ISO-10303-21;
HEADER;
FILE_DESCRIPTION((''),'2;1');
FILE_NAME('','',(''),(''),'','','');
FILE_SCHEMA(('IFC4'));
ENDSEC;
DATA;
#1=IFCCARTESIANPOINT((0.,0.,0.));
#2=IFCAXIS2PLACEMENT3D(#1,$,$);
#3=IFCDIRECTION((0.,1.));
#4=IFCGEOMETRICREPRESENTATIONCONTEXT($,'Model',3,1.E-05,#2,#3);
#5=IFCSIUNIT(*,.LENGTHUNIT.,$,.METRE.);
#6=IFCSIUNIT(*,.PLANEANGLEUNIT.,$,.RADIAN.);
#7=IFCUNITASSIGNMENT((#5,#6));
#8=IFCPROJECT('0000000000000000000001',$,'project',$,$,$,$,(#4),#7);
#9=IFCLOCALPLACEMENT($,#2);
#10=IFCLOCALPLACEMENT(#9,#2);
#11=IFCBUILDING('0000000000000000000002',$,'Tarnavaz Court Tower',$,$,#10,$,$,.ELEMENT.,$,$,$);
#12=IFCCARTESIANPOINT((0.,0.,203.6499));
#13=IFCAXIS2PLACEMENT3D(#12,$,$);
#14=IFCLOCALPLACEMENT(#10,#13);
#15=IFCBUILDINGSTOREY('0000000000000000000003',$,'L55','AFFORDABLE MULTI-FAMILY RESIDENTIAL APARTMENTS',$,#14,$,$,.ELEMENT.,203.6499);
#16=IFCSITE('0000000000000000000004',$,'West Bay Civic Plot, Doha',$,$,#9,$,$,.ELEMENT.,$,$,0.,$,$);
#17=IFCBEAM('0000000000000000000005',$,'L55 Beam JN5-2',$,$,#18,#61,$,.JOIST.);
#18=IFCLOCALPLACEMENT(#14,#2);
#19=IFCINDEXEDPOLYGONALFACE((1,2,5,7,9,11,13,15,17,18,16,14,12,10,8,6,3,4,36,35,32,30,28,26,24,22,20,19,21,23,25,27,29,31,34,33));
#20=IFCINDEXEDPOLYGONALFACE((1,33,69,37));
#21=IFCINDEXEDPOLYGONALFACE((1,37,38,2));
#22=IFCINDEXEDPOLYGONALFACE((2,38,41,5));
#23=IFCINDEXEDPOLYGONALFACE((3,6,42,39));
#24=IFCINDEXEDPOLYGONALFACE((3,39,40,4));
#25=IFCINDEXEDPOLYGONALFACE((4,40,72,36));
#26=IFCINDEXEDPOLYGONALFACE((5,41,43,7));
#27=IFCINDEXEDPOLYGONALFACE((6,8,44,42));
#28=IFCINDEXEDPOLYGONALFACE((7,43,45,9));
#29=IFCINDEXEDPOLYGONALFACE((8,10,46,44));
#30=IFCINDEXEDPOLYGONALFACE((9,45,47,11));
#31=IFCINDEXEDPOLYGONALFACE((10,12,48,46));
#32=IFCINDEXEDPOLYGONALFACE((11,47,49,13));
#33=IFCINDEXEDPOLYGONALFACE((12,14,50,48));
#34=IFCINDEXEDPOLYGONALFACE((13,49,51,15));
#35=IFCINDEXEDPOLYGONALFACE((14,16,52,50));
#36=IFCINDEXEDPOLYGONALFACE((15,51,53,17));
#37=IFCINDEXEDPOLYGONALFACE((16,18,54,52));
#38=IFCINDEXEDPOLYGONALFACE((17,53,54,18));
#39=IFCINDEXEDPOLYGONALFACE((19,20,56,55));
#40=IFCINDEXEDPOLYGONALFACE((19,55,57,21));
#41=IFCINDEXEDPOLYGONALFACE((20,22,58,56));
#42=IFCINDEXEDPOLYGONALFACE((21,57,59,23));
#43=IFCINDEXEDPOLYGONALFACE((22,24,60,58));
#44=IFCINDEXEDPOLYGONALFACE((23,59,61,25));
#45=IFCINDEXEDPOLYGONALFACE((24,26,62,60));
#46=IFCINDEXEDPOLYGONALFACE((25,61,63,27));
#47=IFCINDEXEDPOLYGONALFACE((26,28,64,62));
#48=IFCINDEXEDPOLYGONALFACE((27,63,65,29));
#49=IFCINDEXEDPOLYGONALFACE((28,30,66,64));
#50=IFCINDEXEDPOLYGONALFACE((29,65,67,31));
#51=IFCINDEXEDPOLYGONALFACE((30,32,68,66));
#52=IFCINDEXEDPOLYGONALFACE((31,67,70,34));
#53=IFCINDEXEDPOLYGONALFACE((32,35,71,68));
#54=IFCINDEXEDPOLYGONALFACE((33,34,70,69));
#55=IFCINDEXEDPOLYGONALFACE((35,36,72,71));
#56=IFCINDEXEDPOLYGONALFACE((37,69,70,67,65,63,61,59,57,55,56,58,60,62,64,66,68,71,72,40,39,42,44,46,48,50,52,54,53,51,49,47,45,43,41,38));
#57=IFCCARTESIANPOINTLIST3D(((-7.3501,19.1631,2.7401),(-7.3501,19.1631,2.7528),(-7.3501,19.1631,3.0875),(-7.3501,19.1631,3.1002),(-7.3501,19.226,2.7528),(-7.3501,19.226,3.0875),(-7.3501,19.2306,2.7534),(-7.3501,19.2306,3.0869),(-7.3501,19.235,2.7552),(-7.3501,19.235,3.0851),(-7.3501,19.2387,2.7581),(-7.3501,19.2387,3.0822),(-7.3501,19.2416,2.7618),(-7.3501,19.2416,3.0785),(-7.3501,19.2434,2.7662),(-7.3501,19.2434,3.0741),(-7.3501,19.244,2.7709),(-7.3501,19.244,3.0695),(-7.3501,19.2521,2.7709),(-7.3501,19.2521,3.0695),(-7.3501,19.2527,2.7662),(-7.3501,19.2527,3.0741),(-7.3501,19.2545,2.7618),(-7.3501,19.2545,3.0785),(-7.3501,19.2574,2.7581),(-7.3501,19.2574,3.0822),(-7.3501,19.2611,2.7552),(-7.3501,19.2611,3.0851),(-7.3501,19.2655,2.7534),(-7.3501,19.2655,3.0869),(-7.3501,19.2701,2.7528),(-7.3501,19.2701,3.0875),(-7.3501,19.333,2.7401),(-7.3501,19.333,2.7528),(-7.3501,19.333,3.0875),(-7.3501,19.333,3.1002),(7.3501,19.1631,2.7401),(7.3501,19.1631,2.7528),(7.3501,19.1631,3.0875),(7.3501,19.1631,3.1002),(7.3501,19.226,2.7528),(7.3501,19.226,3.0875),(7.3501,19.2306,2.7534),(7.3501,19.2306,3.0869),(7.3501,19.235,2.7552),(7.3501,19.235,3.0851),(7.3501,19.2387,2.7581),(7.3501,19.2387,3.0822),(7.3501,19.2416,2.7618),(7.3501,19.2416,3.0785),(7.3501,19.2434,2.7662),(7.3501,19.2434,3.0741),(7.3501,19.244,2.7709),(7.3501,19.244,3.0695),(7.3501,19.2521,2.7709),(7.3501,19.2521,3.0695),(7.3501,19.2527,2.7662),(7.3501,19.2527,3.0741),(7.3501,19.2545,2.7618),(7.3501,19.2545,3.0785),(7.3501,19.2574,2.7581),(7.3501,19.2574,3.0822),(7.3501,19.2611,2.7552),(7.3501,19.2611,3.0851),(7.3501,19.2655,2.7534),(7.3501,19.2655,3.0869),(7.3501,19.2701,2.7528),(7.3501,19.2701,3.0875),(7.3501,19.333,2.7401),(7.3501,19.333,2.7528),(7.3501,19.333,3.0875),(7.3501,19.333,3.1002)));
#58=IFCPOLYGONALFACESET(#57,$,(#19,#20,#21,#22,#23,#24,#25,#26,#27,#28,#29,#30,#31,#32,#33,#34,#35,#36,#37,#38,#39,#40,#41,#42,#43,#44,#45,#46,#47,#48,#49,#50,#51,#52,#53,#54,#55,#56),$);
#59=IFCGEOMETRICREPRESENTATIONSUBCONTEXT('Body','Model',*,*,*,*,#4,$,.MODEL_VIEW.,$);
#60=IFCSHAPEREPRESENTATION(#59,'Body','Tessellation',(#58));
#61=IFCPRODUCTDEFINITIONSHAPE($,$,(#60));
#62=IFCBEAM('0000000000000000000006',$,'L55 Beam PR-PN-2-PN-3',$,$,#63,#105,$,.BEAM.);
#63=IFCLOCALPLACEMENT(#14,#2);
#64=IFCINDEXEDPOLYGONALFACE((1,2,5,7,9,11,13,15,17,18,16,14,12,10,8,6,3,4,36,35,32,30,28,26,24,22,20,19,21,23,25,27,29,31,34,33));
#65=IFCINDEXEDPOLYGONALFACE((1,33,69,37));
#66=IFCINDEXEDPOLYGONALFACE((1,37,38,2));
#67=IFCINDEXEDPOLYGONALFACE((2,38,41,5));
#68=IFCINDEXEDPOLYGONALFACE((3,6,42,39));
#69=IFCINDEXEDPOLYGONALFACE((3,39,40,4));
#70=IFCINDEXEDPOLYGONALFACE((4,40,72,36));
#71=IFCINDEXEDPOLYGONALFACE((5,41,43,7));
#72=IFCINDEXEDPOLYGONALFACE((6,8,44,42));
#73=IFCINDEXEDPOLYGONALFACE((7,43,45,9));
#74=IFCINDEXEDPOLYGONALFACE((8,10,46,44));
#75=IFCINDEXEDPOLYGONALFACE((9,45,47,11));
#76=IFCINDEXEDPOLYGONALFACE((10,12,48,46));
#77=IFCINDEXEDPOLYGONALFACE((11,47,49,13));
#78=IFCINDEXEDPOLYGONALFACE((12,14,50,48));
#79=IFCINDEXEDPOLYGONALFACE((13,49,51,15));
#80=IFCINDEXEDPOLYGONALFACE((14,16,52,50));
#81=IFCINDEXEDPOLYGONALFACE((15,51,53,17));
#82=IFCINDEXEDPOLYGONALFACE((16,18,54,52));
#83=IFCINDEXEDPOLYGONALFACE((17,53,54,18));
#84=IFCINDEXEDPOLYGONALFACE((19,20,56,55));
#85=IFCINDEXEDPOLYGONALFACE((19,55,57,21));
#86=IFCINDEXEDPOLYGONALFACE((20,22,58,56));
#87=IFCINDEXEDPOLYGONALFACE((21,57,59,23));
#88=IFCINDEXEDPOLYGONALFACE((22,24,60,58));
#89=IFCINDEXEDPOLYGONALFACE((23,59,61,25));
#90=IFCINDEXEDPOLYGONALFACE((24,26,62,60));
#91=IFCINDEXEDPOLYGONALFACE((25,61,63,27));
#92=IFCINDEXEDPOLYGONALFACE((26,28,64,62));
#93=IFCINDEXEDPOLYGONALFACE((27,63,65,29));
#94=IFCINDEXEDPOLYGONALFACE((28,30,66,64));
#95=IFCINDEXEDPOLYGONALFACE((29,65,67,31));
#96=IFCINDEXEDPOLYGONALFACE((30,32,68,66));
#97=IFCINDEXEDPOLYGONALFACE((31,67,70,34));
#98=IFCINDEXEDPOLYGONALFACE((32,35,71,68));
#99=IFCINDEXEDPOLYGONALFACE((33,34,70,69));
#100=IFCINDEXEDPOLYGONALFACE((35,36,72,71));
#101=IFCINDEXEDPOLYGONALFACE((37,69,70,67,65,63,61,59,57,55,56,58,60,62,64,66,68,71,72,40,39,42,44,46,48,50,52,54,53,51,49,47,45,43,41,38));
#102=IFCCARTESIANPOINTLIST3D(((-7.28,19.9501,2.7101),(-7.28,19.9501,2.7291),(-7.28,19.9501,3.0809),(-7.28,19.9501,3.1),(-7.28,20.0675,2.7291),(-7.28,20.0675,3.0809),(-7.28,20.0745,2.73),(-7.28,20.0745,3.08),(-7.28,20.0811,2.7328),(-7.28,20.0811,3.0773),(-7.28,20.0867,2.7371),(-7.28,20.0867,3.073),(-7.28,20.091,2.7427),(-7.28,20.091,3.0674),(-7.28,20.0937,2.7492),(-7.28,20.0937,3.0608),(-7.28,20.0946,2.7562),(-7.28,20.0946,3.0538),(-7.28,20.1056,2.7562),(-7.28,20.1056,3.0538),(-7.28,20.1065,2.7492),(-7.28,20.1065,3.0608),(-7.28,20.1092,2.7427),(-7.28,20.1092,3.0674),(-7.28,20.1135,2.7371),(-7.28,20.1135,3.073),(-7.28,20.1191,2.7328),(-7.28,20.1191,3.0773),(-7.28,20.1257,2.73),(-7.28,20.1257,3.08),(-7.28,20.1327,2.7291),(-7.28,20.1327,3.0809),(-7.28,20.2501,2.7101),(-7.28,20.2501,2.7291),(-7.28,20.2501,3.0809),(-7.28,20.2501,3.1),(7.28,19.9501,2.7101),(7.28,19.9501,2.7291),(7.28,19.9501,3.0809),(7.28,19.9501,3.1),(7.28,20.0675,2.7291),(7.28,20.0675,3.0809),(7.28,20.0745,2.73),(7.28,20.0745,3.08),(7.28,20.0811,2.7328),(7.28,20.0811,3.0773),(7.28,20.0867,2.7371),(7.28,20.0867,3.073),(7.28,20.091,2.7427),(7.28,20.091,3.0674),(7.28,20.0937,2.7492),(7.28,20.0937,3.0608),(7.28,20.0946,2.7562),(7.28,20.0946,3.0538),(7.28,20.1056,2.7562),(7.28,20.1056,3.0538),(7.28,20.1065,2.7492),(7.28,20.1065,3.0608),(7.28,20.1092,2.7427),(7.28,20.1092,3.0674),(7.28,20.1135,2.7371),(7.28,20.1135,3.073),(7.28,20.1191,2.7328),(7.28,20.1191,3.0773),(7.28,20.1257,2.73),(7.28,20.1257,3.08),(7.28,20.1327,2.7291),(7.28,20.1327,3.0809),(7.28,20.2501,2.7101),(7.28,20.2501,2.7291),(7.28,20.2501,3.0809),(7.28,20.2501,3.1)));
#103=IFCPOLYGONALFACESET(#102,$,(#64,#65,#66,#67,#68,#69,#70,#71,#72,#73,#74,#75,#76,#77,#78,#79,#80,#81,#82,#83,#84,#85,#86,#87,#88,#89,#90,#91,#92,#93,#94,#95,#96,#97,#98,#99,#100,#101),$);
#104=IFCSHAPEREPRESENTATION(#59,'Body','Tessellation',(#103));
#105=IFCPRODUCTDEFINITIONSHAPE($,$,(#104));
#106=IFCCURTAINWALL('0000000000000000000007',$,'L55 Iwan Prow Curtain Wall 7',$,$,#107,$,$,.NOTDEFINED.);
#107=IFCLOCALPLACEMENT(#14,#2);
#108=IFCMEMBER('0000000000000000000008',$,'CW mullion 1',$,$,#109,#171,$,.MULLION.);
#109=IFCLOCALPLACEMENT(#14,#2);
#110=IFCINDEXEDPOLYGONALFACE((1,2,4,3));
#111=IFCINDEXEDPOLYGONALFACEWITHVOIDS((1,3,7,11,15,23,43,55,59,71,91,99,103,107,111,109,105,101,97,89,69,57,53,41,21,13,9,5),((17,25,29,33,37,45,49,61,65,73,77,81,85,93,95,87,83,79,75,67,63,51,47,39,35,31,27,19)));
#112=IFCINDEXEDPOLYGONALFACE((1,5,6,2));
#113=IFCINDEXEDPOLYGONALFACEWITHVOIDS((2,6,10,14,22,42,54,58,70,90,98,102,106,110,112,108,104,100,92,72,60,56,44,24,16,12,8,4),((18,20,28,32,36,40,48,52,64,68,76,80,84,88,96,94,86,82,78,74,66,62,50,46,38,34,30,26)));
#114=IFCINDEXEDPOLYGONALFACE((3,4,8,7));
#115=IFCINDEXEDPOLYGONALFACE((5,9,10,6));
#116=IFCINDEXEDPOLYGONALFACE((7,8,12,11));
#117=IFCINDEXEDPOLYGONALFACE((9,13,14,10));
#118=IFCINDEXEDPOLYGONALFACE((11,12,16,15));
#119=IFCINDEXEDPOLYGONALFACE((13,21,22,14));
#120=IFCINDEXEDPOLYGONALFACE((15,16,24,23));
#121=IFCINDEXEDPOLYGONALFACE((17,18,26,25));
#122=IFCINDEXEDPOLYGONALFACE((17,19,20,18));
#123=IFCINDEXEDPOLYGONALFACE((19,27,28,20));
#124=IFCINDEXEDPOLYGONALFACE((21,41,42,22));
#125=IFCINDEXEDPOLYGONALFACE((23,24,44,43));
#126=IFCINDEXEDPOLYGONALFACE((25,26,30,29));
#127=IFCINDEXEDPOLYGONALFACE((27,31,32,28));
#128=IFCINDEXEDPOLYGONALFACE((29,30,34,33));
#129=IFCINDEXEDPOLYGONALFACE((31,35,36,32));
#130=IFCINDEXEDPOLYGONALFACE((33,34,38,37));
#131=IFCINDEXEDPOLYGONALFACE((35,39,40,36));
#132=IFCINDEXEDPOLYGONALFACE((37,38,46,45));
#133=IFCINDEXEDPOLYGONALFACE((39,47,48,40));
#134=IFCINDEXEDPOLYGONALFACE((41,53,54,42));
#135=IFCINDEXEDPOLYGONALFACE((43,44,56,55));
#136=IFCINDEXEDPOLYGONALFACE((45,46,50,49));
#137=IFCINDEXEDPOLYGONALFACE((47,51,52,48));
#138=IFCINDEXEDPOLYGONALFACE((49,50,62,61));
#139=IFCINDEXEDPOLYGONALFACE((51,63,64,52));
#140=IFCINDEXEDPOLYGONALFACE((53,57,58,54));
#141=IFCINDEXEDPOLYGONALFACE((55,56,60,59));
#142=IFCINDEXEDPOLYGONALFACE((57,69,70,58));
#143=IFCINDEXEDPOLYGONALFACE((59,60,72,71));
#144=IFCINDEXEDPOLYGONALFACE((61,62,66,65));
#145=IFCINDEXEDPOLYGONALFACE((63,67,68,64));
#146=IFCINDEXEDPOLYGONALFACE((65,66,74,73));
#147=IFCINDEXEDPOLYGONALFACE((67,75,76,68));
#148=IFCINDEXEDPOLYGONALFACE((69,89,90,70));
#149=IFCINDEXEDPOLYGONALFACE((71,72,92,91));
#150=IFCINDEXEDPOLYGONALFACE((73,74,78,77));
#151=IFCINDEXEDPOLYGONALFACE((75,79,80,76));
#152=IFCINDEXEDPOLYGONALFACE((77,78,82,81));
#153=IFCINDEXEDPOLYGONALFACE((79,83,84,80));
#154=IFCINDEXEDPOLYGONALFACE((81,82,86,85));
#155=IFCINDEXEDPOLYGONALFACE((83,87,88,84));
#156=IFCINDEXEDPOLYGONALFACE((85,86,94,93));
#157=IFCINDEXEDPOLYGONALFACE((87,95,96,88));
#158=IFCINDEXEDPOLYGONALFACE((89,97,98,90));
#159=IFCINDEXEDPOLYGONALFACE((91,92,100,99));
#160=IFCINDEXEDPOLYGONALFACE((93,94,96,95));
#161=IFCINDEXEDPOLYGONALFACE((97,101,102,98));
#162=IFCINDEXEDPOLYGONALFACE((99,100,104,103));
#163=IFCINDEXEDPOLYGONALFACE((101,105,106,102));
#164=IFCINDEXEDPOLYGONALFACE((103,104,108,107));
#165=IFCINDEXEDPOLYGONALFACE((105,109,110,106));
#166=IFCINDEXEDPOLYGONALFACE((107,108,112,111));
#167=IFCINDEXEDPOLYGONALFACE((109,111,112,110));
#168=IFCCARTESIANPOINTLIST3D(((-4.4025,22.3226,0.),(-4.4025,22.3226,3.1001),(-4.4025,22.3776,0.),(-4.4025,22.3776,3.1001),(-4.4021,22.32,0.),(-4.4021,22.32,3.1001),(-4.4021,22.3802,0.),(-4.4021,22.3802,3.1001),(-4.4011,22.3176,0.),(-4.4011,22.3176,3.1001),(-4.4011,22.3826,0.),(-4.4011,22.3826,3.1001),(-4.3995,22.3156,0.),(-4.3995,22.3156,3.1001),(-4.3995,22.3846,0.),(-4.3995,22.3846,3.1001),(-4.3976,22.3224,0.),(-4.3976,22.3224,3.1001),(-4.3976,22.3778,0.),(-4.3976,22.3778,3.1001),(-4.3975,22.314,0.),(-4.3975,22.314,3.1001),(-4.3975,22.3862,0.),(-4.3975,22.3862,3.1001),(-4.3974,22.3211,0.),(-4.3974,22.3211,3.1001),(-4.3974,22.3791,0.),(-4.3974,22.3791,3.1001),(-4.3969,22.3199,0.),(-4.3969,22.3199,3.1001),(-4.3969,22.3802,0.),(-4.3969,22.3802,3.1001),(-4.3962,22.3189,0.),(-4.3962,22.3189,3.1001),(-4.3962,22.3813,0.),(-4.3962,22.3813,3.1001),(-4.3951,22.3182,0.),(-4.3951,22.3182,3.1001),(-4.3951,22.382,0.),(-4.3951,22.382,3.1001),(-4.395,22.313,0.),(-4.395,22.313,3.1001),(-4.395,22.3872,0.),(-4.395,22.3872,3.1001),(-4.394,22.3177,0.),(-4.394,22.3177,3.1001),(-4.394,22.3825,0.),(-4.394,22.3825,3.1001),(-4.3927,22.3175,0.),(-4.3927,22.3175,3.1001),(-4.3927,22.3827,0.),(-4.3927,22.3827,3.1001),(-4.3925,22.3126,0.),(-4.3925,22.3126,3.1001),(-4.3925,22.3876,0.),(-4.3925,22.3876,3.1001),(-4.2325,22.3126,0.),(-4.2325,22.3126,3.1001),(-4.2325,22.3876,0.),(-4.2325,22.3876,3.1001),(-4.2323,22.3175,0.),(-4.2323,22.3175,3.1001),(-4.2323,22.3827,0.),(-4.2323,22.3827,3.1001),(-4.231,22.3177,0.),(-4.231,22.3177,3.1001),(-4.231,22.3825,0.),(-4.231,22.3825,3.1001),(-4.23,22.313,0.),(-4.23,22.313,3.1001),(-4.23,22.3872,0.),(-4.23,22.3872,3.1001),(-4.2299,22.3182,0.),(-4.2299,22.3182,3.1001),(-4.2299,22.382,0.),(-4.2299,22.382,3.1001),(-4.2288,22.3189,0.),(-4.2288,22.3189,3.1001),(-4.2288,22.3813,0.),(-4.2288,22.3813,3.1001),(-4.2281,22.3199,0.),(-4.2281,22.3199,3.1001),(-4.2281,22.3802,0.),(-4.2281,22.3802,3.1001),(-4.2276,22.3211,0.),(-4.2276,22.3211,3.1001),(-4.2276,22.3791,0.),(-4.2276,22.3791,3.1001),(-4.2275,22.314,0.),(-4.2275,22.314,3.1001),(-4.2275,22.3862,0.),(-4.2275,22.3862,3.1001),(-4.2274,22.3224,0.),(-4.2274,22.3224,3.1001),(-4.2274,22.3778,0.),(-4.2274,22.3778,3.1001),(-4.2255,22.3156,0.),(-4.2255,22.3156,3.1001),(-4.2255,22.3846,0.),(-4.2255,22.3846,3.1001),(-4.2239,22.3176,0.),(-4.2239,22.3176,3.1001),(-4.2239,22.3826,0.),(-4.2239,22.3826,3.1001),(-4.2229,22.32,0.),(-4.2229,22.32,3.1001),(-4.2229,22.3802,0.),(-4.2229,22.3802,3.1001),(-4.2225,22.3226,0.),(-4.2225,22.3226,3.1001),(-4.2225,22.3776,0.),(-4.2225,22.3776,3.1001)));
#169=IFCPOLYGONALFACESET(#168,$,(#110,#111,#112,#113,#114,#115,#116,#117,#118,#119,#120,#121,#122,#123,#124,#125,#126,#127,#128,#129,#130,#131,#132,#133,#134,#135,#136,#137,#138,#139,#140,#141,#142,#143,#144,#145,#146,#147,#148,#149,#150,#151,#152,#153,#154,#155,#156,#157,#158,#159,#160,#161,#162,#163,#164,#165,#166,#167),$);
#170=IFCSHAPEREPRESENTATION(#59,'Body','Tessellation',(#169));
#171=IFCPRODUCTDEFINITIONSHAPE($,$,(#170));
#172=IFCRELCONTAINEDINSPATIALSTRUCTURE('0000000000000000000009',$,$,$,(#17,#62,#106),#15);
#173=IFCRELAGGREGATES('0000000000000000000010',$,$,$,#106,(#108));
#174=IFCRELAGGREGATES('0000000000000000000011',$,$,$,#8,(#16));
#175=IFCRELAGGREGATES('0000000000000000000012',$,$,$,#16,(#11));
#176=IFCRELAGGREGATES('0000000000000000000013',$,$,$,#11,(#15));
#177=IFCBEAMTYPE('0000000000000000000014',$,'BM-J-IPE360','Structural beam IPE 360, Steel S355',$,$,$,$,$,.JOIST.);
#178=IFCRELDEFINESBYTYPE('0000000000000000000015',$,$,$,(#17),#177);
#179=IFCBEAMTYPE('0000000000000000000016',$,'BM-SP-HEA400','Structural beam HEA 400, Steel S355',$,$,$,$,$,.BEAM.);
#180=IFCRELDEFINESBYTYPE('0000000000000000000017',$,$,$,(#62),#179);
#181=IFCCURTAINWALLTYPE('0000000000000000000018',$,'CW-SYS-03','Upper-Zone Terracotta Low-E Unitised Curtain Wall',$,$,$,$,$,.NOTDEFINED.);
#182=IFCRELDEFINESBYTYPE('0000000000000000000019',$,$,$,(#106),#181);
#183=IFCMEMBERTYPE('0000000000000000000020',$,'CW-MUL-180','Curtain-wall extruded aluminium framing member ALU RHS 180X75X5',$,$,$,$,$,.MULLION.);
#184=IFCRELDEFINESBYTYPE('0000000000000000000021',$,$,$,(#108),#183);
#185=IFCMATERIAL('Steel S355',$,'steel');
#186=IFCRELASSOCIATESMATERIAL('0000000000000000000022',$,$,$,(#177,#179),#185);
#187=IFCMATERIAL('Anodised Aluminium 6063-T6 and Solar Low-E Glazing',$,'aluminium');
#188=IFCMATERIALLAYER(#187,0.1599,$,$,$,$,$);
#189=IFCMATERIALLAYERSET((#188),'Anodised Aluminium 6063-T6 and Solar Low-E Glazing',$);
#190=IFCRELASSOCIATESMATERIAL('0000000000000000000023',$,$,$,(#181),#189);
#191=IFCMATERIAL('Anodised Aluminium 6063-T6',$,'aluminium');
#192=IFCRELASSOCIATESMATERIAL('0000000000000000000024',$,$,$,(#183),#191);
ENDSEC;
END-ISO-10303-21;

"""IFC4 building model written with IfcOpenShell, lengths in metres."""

from ifc_helpers import new_model, si_unit, direction, frame, origin, origin_2d, place, context, subcontext, project, spatial, hollow_rectangle, i_section, extrude, material, layer, layer_set, material_profile, profile_set, type_object, element, aggregate, save


model = new_model("IFC4")

# Units and contexts
model_context = context("Model", 3, precision=1e-05, world=origin(), true_north=direction((0.0, 1.0)))
body_context = subcontext(model_context, "Body", "Model", "MODEL_VIEW")
ifc_project = project(units=[si_unit("LENGTHUNIT", "METRE"), si_unit("PLANEANGLEUNIT", "RADIAN")], contexts=[model_context])

# Site, building, storey
site_placement = place(None, origin())
site = spatial("IfcSite", under=ifc_project, at=site_placement, Name="West Bay Civic Plot, Doha", CompositionType="ELEMENT", RefElevation=0.0)
building_placement = place(site_placement, origin())
building = spatial("IfcBuilding", under=site, at=building_placement, Name="Tarnavaz Court Tower", CompositionType="ELEMENT")
storey_placement = place(building_placement, frame((0.0, 0.0, 203.6499)))
storey = spatial("IfcBuildingStorey", under=building, at=storey_placement, Name="L55", Description="AFFORDABLE MULTI-FAMILY RESIDENTIAL APARTMENTS", CompositionType="ELEMENT", Elevation=203.6499)

# Beams
ifc_material_1 = material(Name="Steel S355", Category="steel")
ifc_material_profile_1 = material_profile(ifc_material_1, i_section(OverallWidth=0.1699, OverallDepth=0.3601, WebThickness=0.0081, FlangeThickness=0.0127, FilletRadius=0.0181, at=origin_2d()), Name="IPE 360")
ifc_profile_set_1 = profile_set([ifc_material_profile_1], Name="Steel S355")
beam_type_1 = type_object("IfcBeamType", Name="BM-J-IPE360", Description="Structural beam IPE 360, Steel S355", PredefinedType="JOIST", material=ifc_profile_set_1)
for number, where, z_axis, x_axis, name in (
    (1, (-7.3501, 19.248, 2.9202), (1.0, 0.0, 0.0), (0.0, 1.0, 0.0), "L55 Beam JN5-2"),
):
    element("IfcBeam", number, at=place(storey_placement, frame(where, z_axis=z_axis, x_axis=x_axis)), inside=storey, type_object=beam_type_1, Name=name, PredefinedType="JOIST", context=body_context, shape_type="SweptSolid", body=[
        extrude(i_section(OverallWidth=0.1699, OverallDepth=0.3601, WebThickness=0.0081, FlangeThickness=0.0127, FilletRadius=0.0181, at=origin_2d()), origin(), (0.0, 0.0, 1.0), 14.7002),
    ])
ifc_material_profile_2 = material_profile(ifc_material_1, i_section(OverallWidth=0.3, OverallDepth=0.3899, WebThickness=0.011, FlangeThickness=0.019, FilletRadius=0.0271, at=origin_2d()), Name="HEA 400")
ifc_profile_set_2 = profile_set([ifc_material_profile_2], Name="Steel S355")
beam_type_2 = type_object("IfcBeamType", Name="BM-SP-HEA400", Description="Structural beam HEA 400, Steel S355", PredefinedType="BEAM", material=ifc_profile_set_2)
beam_placement = place(storey_placement, frame((-7.28, 20.1001, 2.905), z_axis=(1.0, 0.0, 0.0), x_axis=(0.0, 1.0, 0.0)))
element("IfcBeam", 2, at=beam_placement, inside=storey, type_object=beam_type_2, Name="L55 Beam PR-PN-2-PN-3", PredefinedType="BEAM", context=body_context, shape_type="SweptSolid", body=[
    extrude(i_section(OverallWidth=0.3, OverallDepth=0.3899, WebThickness=0.011, FlangeThickness=0.019, FilletRadius=0.0271, at=origin_2d()), origin(), (0.0, 0.0, 1.0), 14.5601),
])

# Curtain wall, member
ifc_material_2 = material(Name="Anodised Aluminium 6063-T6 and Solar Low-E Glazing", Category="aluminium")
ifc_layer_1 = layer(ifc_material_2, 0.1599)
ifc_layer_set_1 = layer_set([ifc_layer_1], Name="Anodised Aluminium 6063-T6 and Solar Low-E Glazing")
curtain_wall_type = type_object("IfcCurtainWallType", Name="CW-SYS-03", Description="Upper-Zone Terracotta Low-E Unitised Curtain Wall", PredefinedType="NOTDEFINED", material=ifc_layer_set_1)
curtain_wall_placement = place(storey_placement, origin())
curtain_wall = element("IfcCurtainWall", 3, at=curtain_wall_placement, inside=storey, type_object=curtain_wall_type, Name="L55 Iwan Prow Curtain Wall 7", PredefinedType="NOTDEFINED")
ifc_material_3 = material(Name="Anodised Aluminium 6063-T6", Category="aluminium")
ifc_material_profile_3 = material_profile(ifc_material_3, hollow_rectangle(XDim=0.075, YDim=0.1799, WallThickness=0.0049, InnerFilletRadius=0.0049, OuterFilletRadius=0.01, at=origin_2d()), Name="ALU RHS 180X75X5")
ifc_profile_set_3 = profile_set([ifc_material_profile_3], Name="Anodised Aluminium 6063-T6")
member_type_1 = type_object("IfcMemberType", Name="CW-MUL-180", Description="Curtain-wall extruded aluminium framing member ALU RHS 180X75X5", PredefinedType="MULLION", material=ifc_profile_set_3)
member_1_placement = place(storey_placement, frame((-4.3125, 22.3501, 0.0), z_axis=(0.0, 0.0, 1.0), x_axis=(0.0, 1.0, 0.0)))
member_1 = element("IfcMember", 4, at=member_1_placement, type_object=member_type_1, Name="CW mullion 1", PredefinedType="MULLION", context=body_context, shape_type="SweptSolid", body=[
    extrude(hollow_rectangle(XDim=0.075, YDim=0.1799, WallThickness=0.0049, InnerFilletRadius=0.0049, OuterFilletRadius=0.01, at=origin_2d()), origin(), (0.0, 0.0, 1.0), 3.1001),
])
aggregate(curtain_wall, [member_1])

save(model, "model.ifc")
